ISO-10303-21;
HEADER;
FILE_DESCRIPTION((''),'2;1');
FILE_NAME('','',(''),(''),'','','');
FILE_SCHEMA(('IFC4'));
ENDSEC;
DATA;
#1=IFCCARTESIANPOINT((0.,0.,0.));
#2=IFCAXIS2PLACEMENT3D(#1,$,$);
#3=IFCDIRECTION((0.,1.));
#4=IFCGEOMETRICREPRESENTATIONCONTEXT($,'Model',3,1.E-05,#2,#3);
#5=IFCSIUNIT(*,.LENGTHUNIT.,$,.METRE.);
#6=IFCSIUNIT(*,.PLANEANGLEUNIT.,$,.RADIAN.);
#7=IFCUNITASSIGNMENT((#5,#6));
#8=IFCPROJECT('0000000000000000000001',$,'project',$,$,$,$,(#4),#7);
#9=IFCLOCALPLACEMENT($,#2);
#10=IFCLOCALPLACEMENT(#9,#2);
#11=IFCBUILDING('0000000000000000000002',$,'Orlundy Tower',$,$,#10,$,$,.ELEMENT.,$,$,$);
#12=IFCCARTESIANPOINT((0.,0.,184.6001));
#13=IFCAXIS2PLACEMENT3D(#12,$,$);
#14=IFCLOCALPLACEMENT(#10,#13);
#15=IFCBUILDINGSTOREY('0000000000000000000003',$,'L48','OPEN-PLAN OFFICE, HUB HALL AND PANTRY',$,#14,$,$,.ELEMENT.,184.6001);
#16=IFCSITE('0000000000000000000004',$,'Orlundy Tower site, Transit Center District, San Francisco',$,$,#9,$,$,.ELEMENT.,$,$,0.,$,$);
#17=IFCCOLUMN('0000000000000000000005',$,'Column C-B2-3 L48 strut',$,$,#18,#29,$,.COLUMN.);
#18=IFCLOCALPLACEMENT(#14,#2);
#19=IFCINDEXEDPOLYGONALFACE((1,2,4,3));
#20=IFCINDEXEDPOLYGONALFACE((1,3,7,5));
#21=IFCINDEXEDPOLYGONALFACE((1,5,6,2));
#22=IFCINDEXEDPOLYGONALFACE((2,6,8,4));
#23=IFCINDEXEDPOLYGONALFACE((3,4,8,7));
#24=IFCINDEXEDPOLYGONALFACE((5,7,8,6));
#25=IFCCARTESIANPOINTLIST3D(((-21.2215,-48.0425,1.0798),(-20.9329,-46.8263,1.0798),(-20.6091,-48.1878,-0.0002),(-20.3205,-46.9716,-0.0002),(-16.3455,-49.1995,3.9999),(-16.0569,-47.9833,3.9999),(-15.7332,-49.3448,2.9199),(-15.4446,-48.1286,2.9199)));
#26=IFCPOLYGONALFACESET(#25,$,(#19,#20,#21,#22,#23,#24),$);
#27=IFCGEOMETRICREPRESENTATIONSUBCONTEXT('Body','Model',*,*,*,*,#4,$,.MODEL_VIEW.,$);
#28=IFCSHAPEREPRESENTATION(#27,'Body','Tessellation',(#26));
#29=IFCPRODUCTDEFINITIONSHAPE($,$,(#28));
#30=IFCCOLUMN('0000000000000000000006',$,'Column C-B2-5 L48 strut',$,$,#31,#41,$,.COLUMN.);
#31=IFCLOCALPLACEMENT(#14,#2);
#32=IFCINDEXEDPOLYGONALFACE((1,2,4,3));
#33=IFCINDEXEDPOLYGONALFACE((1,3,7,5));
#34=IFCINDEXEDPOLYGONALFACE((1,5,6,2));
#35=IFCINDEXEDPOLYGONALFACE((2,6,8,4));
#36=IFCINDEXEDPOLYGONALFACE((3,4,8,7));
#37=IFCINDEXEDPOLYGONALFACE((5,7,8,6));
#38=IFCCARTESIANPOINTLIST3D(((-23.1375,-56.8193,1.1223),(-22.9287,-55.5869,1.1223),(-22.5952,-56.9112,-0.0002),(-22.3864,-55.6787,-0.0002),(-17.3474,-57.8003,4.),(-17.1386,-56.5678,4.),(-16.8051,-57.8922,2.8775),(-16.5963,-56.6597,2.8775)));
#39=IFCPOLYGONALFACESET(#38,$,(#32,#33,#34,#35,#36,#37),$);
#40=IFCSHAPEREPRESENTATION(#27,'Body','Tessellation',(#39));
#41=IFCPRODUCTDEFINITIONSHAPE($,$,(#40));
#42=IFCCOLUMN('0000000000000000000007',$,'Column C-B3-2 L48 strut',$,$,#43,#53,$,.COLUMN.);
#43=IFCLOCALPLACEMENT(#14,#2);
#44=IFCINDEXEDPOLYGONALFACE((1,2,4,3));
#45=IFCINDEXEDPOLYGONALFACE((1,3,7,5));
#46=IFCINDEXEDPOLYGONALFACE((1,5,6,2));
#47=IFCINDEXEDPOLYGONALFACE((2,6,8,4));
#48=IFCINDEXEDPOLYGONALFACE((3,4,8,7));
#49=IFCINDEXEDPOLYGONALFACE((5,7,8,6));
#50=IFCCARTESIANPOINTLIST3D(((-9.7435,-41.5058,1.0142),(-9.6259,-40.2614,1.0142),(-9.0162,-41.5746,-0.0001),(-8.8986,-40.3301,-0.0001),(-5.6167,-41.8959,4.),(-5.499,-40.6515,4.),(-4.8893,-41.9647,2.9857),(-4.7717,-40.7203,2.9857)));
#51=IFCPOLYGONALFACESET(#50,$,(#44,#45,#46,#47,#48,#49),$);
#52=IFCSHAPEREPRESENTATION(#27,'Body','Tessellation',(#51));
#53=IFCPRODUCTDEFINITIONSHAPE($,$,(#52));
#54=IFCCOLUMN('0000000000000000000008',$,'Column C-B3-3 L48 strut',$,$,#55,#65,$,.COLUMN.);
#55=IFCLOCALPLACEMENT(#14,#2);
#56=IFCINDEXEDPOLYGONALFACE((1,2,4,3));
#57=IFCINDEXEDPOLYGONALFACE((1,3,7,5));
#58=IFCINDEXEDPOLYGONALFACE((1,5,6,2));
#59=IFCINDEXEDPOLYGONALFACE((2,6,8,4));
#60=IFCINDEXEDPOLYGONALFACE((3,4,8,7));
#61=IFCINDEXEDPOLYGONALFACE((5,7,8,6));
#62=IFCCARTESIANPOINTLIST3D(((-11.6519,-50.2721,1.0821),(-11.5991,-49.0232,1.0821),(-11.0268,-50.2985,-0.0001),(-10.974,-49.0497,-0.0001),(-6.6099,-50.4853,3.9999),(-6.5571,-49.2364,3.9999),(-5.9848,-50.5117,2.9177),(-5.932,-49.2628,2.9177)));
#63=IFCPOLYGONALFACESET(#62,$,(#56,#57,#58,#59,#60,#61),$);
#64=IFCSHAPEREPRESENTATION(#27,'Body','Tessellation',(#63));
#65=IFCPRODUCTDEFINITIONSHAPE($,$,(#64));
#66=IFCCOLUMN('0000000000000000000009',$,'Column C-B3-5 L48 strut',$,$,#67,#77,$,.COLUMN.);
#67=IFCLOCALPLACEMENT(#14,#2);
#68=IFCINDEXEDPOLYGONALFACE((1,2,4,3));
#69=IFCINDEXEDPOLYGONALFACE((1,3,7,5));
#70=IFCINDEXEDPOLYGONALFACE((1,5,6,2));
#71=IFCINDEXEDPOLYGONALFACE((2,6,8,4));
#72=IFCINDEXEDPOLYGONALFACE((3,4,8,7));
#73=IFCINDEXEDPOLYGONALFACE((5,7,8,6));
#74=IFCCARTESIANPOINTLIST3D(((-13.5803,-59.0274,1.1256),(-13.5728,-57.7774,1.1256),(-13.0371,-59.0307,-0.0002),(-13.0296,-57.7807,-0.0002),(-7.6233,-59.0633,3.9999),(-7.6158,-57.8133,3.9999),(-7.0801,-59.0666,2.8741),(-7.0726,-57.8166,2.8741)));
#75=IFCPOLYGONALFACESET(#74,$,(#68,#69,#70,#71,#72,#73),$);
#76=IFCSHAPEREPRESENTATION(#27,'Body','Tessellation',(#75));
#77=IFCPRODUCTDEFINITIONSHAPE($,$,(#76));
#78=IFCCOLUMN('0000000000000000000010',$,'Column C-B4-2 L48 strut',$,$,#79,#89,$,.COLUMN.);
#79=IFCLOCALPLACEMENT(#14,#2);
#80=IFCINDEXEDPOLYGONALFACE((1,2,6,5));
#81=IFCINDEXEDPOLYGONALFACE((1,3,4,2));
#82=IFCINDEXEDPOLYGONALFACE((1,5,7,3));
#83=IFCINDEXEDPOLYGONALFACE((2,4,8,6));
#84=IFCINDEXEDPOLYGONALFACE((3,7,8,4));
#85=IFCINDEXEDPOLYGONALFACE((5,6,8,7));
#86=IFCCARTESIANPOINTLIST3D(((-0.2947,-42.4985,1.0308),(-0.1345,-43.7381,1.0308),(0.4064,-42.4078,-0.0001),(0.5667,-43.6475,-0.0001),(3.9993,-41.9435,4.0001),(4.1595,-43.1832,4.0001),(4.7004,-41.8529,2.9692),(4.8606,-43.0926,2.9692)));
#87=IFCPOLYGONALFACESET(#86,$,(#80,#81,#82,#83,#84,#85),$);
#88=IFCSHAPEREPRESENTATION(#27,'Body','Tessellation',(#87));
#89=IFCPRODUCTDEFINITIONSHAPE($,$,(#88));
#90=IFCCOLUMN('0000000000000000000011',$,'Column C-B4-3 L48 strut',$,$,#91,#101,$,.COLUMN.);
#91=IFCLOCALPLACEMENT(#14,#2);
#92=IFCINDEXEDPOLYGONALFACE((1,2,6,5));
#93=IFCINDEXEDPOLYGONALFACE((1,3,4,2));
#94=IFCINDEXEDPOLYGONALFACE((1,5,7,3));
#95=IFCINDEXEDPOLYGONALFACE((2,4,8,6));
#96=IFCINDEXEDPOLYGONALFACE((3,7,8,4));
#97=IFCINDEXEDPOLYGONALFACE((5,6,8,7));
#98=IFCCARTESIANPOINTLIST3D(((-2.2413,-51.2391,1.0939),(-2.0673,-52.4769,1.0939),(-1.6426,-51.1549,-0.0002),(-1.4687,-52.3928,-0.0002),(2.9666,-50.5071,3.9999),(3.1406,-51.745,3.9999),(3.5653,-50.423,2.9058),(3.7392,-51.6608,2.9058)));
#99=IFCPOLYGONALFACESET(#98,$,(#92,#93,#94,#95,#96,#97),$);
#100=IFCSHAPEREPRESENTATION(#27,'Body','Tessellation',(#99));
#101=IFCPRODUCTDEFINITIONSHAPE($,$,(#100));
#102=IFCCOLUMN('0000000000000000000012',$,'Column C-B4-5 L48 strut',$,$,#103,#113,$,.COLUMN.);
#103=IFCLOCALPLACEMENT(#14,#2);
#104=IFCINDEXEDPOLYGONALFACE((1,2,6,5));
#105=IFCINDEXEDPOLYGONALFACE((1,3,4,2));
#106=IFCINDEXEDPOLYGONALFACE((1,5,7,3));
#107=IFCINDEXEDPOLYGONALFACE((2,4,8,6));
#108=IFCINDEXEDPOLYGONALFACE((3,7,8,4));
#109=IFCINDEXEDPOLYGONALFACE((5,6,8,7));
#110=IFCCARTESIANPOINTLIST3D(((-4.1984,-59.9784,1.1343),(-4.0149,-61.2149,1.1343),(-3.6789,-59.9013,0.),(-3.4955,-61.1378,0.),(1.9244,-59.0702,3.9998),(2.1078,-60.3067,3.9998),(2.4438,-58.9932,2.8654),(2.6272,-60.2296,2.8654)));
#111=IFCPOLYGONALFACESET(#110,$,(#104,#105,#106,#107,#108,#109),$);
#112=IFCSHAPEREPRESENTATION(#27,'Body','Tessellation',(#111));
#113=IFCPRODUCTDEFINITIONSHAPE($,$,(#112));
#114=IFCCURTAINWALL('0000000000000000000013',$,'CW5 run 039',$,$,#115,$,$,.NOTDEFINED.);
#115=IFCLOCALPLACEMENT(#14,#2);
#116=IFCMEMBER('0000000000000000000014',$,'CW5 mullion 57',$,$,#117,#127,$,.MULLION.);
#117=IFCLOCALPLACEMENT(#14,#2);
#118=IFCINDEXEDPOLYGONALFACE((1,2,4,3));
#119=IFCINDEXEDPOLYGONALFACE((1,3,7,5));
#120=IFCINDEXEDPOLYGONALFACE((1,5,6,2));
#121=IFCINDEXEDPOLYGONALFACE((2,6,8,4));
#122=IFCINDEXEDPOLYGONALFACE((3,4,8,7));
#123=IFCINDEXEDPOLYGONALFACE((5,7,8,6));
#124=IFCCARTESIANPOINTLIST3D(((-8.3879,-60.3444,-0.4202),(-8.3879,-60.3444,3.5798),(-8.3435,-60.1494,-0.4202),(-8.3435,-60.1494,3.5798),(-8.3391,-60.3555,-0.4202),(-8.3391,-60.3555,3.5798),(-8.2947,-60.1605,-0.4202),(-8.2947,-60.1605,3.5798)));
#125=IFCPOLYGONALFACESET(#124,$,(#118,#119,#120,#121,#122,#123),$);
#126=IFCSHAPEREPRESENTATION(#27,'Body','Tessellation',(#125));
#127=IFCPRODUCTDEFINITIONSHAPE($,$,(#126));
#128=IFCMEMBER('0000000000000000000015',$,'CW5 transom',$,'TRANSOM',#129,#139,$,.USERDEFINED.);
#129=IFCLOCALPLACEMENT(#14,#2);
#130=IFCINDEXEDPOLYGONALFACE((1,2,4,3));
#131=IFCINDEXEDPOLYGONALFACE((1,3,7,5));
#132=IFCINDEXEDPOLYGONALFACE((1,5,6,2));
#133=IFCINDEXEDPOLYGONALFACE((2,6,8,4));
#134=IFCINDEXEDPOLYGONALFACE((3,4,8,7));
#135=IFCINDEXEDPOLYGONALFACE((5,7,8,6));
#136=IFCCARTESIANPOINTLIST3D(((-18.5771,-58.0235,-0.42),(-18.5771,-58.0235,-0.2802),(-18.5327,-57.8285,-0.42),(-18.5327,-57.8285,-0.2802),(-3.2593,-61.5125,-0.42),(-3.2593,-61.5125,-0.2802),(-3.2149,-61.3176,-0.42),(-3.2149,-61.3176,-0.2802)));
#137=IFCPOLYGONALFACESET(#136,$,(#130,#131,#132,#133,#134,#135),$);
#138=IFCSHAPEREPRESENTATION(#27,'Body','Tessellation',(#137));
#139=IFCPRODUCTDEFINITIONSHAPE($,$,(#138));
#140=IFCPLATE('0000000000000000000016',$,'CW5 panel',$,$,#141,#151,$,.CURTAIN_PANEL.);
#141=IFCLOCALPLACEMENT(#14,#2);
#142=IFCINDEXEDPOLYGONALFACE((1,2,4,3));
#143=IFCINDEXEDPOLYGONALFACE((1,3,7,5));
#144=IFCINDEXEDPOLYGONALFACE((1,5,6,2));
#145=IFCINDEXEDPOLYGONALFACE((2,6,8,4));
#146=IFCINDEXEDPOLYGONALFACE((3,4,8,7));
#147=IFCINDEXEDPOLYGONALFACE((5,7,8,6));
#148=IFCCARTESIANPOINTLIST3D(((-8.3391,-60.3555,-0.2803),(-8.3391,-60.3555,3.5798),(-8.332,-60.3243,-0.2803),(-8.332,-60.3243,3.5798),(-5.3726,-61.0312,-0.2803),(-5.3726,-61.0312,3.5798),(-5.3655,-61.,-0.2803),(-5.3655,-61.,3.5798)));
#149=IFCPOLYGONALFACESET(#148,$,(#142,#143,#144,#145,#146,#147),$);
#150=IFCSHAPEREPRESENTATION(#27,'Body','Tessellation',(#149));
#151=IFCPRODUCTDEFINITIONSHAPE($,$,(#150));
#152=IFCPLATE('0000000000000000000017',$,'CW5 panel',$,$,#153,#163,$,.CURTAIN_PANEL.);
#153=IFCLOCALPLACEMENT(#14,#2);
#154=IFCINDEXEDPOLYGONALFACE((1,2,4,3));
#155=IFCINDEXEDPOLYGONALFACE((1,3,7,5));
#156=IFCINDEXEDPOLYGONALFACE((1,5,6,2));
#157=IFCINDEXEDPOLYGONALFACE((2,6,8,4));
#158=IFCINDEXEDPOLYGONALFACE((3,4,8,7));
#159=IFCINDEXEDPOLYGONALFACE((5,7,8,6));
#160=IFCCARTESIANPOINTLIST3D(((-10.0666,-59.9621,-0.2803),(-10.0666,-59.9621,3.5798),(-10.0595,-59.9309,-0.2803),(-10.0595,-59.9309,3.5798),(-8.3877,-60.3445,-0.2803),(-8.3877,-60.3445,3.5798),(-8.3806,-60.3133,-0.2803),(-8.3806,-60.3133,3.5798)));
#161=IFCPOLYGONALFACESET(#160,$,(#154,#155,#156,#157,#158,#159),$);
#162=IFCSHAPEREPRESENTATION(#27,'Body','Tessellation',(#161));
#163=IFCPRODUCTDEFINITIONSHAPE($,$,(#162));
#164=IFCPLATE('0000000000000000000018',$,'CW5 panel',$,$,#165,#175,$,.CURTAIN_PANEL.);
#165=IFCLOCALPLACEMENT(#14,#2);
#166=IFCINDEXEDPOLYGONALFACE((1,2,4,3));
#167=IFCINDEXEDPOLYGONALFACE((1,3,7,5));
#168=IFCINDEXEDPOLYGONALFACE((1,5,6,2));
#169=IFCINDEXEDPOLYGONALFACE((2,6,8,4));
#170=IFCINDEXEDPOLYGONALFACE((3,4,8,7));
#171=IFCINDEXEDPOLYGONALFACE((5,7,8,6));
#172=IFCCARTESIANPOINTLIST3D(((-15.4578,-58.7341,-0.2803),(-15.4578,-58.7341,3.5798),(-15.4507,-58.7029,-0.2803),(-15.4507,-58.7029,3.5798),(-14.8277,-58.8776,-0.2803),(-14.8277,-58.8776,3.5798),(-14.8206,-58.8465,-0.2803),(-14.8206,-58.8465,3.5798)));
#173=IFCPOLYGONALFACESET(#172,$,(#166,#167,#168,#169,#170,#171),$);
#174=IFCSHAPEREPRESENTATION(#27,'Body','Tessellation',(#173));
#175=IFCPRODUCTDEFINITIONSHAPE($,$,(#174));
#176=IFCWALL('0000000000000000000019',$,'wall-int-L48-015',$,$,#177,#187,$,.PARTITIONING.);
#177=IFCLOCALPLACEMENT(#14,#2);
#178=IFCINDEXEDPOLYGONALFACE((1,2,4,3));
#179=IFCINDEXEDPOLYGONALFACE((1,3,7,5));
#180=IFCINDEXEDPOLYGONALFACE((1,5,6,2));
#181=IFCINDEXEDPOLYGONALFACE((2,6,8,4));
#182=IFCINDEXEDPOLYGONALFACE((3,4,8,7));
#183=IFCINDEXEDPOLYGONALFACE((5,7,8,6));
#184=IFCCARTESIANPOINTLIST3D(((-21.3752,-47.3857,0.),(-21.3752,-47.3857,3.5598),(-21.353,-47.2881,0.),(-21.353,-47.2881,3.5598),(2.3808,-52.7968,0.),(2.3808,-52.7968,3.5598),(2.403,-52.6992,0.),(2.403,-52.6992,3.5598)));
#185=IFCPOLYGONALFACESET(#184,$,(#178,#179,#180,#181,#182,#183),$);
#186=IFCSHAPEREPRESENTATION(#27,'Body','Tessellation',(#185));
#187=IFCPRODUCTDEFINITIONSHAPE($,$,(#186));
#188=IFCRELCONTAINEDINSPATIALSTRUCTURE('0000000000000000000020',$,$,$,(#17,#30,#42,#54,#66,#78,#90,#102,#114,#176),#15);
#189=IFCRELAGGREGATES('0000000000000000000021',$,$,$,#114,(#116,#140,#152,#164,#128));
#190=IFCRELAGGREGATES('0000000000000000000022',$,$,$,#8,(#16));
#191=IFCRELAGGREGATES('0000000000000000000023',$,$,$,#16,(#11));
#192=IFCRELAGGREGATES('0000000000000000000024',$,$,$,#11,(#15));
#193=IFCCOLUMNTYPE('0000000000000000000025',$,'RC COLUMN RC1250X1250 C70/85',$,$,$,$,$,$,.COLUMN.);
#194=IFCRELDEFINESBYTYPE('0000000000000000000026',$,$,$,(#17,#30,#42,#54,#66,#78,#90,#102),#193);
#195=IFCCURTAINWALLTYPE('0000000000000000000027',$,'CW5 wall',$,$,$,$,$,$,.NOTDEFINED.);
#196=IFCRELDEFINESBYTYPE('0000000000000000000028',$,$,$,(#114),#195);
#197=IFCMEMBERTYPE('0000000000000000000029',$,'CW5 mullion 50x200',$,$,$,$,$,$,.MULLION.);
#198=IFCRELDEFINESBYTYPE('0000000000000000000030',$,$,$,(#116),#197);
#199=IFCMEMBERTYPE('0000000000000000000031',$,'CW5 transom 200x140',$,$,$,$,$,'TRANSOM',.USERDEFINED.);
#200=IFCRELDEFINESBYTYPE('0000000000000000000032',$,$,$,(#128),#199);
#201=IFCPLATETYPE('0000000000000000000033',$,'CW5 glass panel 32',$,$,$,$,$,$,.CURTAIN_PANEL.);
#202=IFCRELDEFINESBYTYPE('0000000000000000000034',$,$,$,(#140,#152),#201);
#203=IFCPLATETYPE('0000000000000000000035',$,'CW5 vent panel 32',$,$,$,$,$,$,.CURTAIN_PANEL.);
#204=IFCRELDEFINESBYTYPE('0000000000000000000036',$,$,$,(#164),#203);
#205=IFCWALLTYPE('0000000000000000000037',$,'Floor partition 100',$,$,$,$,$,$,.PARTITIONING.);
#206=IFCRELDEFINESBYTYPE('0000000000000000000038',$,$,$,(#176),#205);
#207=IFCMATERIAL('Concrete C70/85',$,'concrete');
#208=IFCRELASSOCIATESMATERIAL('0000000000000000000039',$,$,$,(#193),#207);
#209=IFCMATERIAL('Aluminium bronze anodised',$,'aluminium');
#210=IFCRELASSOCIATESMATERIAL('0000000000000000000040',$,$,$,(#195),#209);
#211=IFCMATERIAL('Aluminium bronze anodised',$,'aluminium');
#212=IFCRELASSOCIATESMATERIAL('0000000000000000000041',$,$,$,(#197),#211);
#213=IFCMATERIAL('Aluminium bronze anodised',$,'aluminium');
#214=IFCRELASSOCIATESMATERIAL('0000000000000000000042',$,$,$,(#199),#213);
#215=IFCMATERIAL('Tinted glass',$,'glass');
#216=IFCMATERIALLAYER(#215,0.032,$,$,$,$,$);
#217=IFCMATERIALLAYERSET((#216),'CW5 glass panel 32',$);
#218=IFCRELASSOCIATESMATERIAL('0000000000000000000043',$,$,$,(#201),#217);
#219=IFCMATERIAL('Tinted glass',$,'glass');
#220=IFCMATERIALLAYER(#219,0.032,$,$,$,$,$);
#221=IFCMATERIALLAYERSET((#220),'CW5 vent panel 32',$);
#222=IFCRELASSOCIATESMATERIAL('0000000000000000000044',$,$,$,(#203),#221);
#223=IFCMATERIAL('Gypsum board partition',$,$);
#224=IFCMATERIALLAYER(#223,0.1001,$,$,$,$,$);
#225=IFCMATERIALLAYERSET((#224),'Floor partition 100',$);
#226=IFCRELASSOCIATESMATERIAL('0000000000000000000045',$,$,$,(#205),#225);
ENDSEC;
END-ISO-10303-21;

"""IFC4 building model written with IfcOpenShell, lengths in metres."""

from ifc_helpers import new_model, si_unit, direction, frame, frame_2d, origin, origin_2d, place, context, subcontext, project, spatial, rectangle, extrude, material, layer, layer_set, material_profile, profile_set, type_object, element, aggregate, save


model = new_model("IFC4")

# Units and contexts
model_context = context("Model", 3, precision=1e-05, world=origin(), true_north=direction((0.0, 1.0)))
body_context = subcontext(model_context, "Body", "Model", "MODEL_VIEW")
ifc_project = project(units=[si_unit("LENGTHUNIT", "METRE"), si_unit("PLANEANGLEUNIT", "RADIAN")], contexts=[model_context])

# Site, building, storey
site_placement = place(None, origin())
site = spatial("IfcSite", under=ifc_project, at=site_placement, Name="Orlundy Tower site, Transit Center District, San Francisco", CompositionType="ELEMENT", RefElevation=0.0)
building_placement = place(site_placement, origin())
building = spatial("IfcBuilding", under=site, at=building_placement, Name="Orlundy Tower", CompositionType="ELEMENT")
storey_placement = place(building_placement, frame((0.0, 0.0, 184.6001)))
storey = spatial("IfcBuildingStorey", under=building, at=storey_placement, Name="L48", Description="OPEN-PLAN OFFICE, HUB HALL AND PANTRY", CompositionType="ELEMENT", Elevation=184.6001)

# Columns
ifc_material_1 = material(Name="Concrete C70/85", Category="concrete")
ifc_material_profile_1 = material_profile(ifc_material_1, rectangle(XDim=1.25, YDim=1.25, at=origin_2d()), Name="RC1250X1250")
ifc_profile_set_1 = profile_set([ifc_material_profile_1], Name="Concrete C70/85")
column_type = type_object("IfcColumnType", Name="RC COLUMN RC1250X1250 C70/85", PredefinedType="COLUMN", material=ifc_profile_set_1)
column_1_placement = place(storey_placement, frame((-20.771, -47.5071, 0.5398), z_axis=(0.840672, -0.199476, 0.503468), x_axis=(0.230872, 0.972984, 0.0)))
element("IfcColumn", 1, at=column_1_placement, inside=storey, type_object=column_type, Name="Column C-B2-3 L48 strut", PredefinedType="COLUMN", context=body_context, shape_type="SweptSolid", body=[
    extrude(rectangle(XDim=1.25, YDim=1.25, at=origin_2d()), origin(), (0.0, 0.0, 1.0), 5.8),
])
column_2_placement = place(storey_placement, frame((-22.762, -56.249, 0.561), z_axis=(0.885365, -0.15, 0.440032), x_axis=(0.167041, 0.98595, 0.0)))
element("IfcColumn", 2, at=column_2_placement, inside=storey, type_object=column_type, Name="Column C-B2-5 L48 strut", PredefinedType="COLUMN", context=body_context, shape_type="SweptSolid", body=[
    extrude(rectangle(XDim=1.25, YDim=1.25, at=origin_2d()), origin(), (0.0, 0.0, 1.0), 6.5398),
])
column_3_placement = place(storey_placement, frame((-9.321, -40.918, 0.5071), z_axis=(0.807823, -0.076367, 0.584458), x_axis=(0.094114, 0.995561, 0.0)))
element("IfcColumn", 3, at=column_3_placement, inside=storey, type_object=column_type, Name="Column C-B3-2 L48 strut", PredefinedType="COLUMN", context=body_context, shape_type="SweptSolid", body=[
    extrude(rectangle(XDim=1.25, YDim=1.25, at=origin_2d()), origin(), (0.0, 0.0, 1.0), 5.1086),
])
column_4_placement = place(storey_placement, frame((-11.313, -49.6609, 0.541), z_axis=(0.864946, -0.036563, 0.500531), x_axis=(0.042234, 0.999108, 0.0)))
element("IfcColumn", 4, at=column_4_placement, inside=storey, type_object=column_type, Name="Column C-B3-3 L48 strut", PredefinedType="COLUMN", context=body_context, shape_type="SweptSolid", body=[
    extrude(rectangle(XDim=1.25, YDim=1.25, at=origin_2d()), origin(), (0.0, 0.0, 1.0), 5.8293),
])
column_5_placement = place(storey_placement, frame((-13.3049, -58.4041, 0.5627), z_axis=(0.90063, -0.005426, 0.434554), x_axis=(0.006024, 0.999982, 0.0)))
element("IfcColumn", 5, at=column_5_placement, inside=storey, type_object=column_type, Name="Column C-B3-5 L48 strut", PredefinedType="COLUMN", context=body_context, shape_type="SweptSolid", body=[
    extrude(rectangle(XDim=1.25, YDim=1.25, at=origin_2d()), origin(), (0.0, 0.0, 1.0), 6.6143),
])
column_6_placement = place(storey_placement, frame((0.136, -43.073, 0.5154), z_axis=(0.817897, 0.105702, 0.565571), x_axis=(-0.12817, 0.991752, 0.0)))
element("IfcColumn", 6, at=column_6_placement, inside=storey, type_object=column_type, Name="Column C-B4-2 L48 strut", PredefinedType="COLUMN", context=body_context, shape_type="SweptSolid", body=[
    extrude(rectangle(XDim=1.25, YDim=1.25, at=origin_2d()), origin(), (0.0, 0.0, 1.0), 5.25),
])
column_7_placement = place(storey_placement, frame((-1.855, -51.8159, 0.5469), z_axis=(0.866751, 0.121813, 0.483637), x_axis=(-0.139172, 0.990268, 0.0)))
element("IfcColumn", 7, at=column_7_placement, inside=storey, type_object=column_type, Name="Column C-B4-3 L48 strut", PredefinedType="COLUMN", context=body_context, shape_type="SweptSolid", body=[
    extrude(rectangle(XDim=1.25, YDim=1.25, at=origin_2d()), origin(), (0.0, 0.0, 1.0), 6.0085),
])
column_8_placement = place(storey_placement, frame((-3.8469, -60.5581, 0.5671), z_axis=(0.897655, 0.13315, 0.420103), x_axis=(-0.146726, 0.989177, 0.0)))
element("IfcColumn", 8, at=column_8_placement, inside=storey, type_object=column_type, Name="Column C-B4-5 L48 strut", PredefinedType="COLUMN", context=body_context, shape_type="SweptSolid", body=[
    extrude(rectangle(XDim=1.25, YDim=1.25, at=origin_2d()), origin(), (0.0, 0.0, 1.0), 6.8208),
])

# Curtain wall, members, plates
ifc_material_2 = material(Name="Aluminium bronze anodised", Category="aluminium")
curtain_wall_type = type_object("IfcCurtainWallType", Name="CW5 wall", PredefinedType="NOTDEFINED", material=ifc_material_2)
curtain_wall_placement = place(storey_placement, origin())
curtain_wall = element("IfcCurtainWall", 9, at=curtain_wall_placement, inside=storey, type_object=curtain_wall_type, Name="CW5 run 039", PredefinedType="NOTDEFINED")
ifc_material_3 = material(Name="Aluminium bronze anodised", Category="aluminium")
ifc_material_profile_2 = material_profile(ifc_material_3, rectangle(XDim=0.2, YDim=0.05, at=origin_2d()), Name="CW5 mullion 50x200")
ifc_profile_set_2 = profile_set([ifc_material_profile_2], Name="Aluminium bronze anodised")
member_type_1 = type_object("IfcMemberType", Name="CW5 mullion 50x200", PredefinedType="MULLION", material=ifc_profile_set_2)
member_1_placement = place(storey_placement, frame((-8.3413, -60.2524, -0.4202), z_axis=(0.0, 0.0, 1.0), x_axis=(-0.22209, -0.975026, 0.0)))
member_1 = element("IfcMember", 10, at=member_1_placement, type_object=member_type_1, Name="CW5 mullion 57", PredefinedType="MULLION", context=body_context, shape_type="SweptSolid", body=[
    extrude(rectangle(XDim=0.2, YDim=0.05, at=origin_2d()), origin(), (0.0, 0.0, 1.0), 4.0),
])
ifc_material_4 = material(Name="Aluminium bronze anodised", Category="aluminium")
ifc_material_profile_3 = material_profile(ifc_material_4, rectangle(XDim=0.2, YDim=0.1399, at=origin_2d()), Name="CW5 transom 200x140")
ifc_profile_set_3 = profile_set([ifc_material_profile_3], Name="Aluminium bronze anodised")
member_type_2 = type_object("IfcMemberType", Name="CW5 transom 200x140", ElementType="TRANSOM", PredefinedType="USERDEFINED", material=ifc_profile_set_3)
member_2_placement = place(storey_placement, frame((-3.2371, -61.415, -0.3501), z_axis=(-0.975027, 0.222086, 0.0), x_axis=(-0.222086, -0.975027, 0.0)))
member_2 = element("IfcMember", 11, at=member_2_placement, type_object=member_type_2, Name="CW5 transom", ObjectType="TRANSOM", PredefinedType="USERDEFINED", context=body_context, shape_type="SweptSolid", body=[
    extrude(rectangle(XDim=0.2, YDim=0.1399, at=origin_2d()), origin(), (0.0, 0.0, 1.0), 15.7102),
])
ifc_material_5 = material(Name="Tinted glass", Category="glass")
ifc_layer_1 = layer(ifc_material_5, 0.032)
ifc_layer_set_1 = layer_set([ifc_layer_1], Name="CW5 glass panel 32")
plate_type_1 = type_object("IfcPlateType", Name="CW5 glass panel 32", PredefinedType="CURTAIN_PANEL", material=ifc_layer_set_1)
plate_1_placement = place(storey_placement, frame((-6.8523, -60.6777, -0.2803), z_axis=(0.0, 0.0, 1.0), x_axis=(-0.975026, 0.22209, 0.0)))
plate_1 = element("IfcPlate", 12, at=plate_1_placement, type_object=plate_type_1, Name="CW5 panel", PredefinedType="CURTAIN_PANEL", context=body_context, shape_type="SweptSolid", body=[
    extrude(rectangle(XDim=3.0425, YDim=0.032, at=origin_2d()), origin(), (0.0, 0.0, 1.0), 3.8601),
])
plate_2_placement = place(storey_placement, frame((-9.2236, -60.1377, -0.2803), z_axis=(0.0, 0.0, 1.0), x_axis=(-0.975026, 0.22209, 0.0)))
plate_2 = element("IfcPlate", 13, at=plate_2_placement, type_object=plate_type_1, Name="CW5 panel", PredefinedType="CURTAIN_PANEL", context=body_context, shape_type="SweptSolid", body=[
    extrude(rectangle(XDim=1.7219, YDim=0.032, at=origin_2d()), origin(), (0.0, 0.0, 1.0), 3.8601),
])
ifc_material_6 = material(Name="Tinted glass", Category="glass")
ifc_layer_2 = layer(ifc_material_6, 0.032)
ifc_layer_set_2 = layer_set([ifc_layer_2], Name="CW5 vent panel 32")
plate_type_2 = type_object("IfcPlateType", Name="CW5 vent panel 32", PredefinedType="CURTAIN_PANEL", material=ifc_layer_set_2)
plate_3_placement = place(storey_placement, frame((-15.1392, -58.7903, -0.2803), z_axis=(0.0, 0.0, 1.0), x_axis=(-0.975026, 0.22209, 0.0)))
plate_3 = element("IfcPlate", 14, at=plate_3_placement, type_object=plate_type_2, Name="CW5 panel", PredefinedType="CURTAIN_PANEL", context=body_context, shape_type="SweptSolid", body=[
    extrude(rectangle(XDim=0.6462, YDim=0.032, at=origin_2d()), origin(), (0.0, 0.0, 1.0), 3.8601),
])
aggregate(curtain_wall, [member_1, plate_1, plate_2, plate_3, member_2])

# Wall
ifc_material_7 = material(Name="Gypsum board partition")
ifc_layer_3 = layer(ifc_material_7, 0.1001)
ifc_layer_set_3 = layer_set([ifc_layer_3], Name="Floor partition 100")
wall_type_1 = type_object("IfcWallType", Name="Floor partition 100", PredefinedType="PARTITIONING", material=ifc_layer_set_3)
wall_1_placement = place(storey_placement, frame((-21.364, -47.3369, 0.0), z_axis=(0.0, 0.0, 1.0), x_axis=(0.975026, -0.22209, 0.0)))
element("IfcWall", 15, at=wall_1_placement, inside=storey, type_object=wall_type_1, Name="wall-int-L48-015", PredefinedType="PARTITIONING", context=body_context, shape_type="SweptSolid", body=[
    extrude(rectangle(XDim=24.3645, YDim=0.1001, at=frame_2d((12.1821, 0.0))), origin(), (0.0, 0.0, 1.0), 3.5598),
])

save(model, "model.ifc")
